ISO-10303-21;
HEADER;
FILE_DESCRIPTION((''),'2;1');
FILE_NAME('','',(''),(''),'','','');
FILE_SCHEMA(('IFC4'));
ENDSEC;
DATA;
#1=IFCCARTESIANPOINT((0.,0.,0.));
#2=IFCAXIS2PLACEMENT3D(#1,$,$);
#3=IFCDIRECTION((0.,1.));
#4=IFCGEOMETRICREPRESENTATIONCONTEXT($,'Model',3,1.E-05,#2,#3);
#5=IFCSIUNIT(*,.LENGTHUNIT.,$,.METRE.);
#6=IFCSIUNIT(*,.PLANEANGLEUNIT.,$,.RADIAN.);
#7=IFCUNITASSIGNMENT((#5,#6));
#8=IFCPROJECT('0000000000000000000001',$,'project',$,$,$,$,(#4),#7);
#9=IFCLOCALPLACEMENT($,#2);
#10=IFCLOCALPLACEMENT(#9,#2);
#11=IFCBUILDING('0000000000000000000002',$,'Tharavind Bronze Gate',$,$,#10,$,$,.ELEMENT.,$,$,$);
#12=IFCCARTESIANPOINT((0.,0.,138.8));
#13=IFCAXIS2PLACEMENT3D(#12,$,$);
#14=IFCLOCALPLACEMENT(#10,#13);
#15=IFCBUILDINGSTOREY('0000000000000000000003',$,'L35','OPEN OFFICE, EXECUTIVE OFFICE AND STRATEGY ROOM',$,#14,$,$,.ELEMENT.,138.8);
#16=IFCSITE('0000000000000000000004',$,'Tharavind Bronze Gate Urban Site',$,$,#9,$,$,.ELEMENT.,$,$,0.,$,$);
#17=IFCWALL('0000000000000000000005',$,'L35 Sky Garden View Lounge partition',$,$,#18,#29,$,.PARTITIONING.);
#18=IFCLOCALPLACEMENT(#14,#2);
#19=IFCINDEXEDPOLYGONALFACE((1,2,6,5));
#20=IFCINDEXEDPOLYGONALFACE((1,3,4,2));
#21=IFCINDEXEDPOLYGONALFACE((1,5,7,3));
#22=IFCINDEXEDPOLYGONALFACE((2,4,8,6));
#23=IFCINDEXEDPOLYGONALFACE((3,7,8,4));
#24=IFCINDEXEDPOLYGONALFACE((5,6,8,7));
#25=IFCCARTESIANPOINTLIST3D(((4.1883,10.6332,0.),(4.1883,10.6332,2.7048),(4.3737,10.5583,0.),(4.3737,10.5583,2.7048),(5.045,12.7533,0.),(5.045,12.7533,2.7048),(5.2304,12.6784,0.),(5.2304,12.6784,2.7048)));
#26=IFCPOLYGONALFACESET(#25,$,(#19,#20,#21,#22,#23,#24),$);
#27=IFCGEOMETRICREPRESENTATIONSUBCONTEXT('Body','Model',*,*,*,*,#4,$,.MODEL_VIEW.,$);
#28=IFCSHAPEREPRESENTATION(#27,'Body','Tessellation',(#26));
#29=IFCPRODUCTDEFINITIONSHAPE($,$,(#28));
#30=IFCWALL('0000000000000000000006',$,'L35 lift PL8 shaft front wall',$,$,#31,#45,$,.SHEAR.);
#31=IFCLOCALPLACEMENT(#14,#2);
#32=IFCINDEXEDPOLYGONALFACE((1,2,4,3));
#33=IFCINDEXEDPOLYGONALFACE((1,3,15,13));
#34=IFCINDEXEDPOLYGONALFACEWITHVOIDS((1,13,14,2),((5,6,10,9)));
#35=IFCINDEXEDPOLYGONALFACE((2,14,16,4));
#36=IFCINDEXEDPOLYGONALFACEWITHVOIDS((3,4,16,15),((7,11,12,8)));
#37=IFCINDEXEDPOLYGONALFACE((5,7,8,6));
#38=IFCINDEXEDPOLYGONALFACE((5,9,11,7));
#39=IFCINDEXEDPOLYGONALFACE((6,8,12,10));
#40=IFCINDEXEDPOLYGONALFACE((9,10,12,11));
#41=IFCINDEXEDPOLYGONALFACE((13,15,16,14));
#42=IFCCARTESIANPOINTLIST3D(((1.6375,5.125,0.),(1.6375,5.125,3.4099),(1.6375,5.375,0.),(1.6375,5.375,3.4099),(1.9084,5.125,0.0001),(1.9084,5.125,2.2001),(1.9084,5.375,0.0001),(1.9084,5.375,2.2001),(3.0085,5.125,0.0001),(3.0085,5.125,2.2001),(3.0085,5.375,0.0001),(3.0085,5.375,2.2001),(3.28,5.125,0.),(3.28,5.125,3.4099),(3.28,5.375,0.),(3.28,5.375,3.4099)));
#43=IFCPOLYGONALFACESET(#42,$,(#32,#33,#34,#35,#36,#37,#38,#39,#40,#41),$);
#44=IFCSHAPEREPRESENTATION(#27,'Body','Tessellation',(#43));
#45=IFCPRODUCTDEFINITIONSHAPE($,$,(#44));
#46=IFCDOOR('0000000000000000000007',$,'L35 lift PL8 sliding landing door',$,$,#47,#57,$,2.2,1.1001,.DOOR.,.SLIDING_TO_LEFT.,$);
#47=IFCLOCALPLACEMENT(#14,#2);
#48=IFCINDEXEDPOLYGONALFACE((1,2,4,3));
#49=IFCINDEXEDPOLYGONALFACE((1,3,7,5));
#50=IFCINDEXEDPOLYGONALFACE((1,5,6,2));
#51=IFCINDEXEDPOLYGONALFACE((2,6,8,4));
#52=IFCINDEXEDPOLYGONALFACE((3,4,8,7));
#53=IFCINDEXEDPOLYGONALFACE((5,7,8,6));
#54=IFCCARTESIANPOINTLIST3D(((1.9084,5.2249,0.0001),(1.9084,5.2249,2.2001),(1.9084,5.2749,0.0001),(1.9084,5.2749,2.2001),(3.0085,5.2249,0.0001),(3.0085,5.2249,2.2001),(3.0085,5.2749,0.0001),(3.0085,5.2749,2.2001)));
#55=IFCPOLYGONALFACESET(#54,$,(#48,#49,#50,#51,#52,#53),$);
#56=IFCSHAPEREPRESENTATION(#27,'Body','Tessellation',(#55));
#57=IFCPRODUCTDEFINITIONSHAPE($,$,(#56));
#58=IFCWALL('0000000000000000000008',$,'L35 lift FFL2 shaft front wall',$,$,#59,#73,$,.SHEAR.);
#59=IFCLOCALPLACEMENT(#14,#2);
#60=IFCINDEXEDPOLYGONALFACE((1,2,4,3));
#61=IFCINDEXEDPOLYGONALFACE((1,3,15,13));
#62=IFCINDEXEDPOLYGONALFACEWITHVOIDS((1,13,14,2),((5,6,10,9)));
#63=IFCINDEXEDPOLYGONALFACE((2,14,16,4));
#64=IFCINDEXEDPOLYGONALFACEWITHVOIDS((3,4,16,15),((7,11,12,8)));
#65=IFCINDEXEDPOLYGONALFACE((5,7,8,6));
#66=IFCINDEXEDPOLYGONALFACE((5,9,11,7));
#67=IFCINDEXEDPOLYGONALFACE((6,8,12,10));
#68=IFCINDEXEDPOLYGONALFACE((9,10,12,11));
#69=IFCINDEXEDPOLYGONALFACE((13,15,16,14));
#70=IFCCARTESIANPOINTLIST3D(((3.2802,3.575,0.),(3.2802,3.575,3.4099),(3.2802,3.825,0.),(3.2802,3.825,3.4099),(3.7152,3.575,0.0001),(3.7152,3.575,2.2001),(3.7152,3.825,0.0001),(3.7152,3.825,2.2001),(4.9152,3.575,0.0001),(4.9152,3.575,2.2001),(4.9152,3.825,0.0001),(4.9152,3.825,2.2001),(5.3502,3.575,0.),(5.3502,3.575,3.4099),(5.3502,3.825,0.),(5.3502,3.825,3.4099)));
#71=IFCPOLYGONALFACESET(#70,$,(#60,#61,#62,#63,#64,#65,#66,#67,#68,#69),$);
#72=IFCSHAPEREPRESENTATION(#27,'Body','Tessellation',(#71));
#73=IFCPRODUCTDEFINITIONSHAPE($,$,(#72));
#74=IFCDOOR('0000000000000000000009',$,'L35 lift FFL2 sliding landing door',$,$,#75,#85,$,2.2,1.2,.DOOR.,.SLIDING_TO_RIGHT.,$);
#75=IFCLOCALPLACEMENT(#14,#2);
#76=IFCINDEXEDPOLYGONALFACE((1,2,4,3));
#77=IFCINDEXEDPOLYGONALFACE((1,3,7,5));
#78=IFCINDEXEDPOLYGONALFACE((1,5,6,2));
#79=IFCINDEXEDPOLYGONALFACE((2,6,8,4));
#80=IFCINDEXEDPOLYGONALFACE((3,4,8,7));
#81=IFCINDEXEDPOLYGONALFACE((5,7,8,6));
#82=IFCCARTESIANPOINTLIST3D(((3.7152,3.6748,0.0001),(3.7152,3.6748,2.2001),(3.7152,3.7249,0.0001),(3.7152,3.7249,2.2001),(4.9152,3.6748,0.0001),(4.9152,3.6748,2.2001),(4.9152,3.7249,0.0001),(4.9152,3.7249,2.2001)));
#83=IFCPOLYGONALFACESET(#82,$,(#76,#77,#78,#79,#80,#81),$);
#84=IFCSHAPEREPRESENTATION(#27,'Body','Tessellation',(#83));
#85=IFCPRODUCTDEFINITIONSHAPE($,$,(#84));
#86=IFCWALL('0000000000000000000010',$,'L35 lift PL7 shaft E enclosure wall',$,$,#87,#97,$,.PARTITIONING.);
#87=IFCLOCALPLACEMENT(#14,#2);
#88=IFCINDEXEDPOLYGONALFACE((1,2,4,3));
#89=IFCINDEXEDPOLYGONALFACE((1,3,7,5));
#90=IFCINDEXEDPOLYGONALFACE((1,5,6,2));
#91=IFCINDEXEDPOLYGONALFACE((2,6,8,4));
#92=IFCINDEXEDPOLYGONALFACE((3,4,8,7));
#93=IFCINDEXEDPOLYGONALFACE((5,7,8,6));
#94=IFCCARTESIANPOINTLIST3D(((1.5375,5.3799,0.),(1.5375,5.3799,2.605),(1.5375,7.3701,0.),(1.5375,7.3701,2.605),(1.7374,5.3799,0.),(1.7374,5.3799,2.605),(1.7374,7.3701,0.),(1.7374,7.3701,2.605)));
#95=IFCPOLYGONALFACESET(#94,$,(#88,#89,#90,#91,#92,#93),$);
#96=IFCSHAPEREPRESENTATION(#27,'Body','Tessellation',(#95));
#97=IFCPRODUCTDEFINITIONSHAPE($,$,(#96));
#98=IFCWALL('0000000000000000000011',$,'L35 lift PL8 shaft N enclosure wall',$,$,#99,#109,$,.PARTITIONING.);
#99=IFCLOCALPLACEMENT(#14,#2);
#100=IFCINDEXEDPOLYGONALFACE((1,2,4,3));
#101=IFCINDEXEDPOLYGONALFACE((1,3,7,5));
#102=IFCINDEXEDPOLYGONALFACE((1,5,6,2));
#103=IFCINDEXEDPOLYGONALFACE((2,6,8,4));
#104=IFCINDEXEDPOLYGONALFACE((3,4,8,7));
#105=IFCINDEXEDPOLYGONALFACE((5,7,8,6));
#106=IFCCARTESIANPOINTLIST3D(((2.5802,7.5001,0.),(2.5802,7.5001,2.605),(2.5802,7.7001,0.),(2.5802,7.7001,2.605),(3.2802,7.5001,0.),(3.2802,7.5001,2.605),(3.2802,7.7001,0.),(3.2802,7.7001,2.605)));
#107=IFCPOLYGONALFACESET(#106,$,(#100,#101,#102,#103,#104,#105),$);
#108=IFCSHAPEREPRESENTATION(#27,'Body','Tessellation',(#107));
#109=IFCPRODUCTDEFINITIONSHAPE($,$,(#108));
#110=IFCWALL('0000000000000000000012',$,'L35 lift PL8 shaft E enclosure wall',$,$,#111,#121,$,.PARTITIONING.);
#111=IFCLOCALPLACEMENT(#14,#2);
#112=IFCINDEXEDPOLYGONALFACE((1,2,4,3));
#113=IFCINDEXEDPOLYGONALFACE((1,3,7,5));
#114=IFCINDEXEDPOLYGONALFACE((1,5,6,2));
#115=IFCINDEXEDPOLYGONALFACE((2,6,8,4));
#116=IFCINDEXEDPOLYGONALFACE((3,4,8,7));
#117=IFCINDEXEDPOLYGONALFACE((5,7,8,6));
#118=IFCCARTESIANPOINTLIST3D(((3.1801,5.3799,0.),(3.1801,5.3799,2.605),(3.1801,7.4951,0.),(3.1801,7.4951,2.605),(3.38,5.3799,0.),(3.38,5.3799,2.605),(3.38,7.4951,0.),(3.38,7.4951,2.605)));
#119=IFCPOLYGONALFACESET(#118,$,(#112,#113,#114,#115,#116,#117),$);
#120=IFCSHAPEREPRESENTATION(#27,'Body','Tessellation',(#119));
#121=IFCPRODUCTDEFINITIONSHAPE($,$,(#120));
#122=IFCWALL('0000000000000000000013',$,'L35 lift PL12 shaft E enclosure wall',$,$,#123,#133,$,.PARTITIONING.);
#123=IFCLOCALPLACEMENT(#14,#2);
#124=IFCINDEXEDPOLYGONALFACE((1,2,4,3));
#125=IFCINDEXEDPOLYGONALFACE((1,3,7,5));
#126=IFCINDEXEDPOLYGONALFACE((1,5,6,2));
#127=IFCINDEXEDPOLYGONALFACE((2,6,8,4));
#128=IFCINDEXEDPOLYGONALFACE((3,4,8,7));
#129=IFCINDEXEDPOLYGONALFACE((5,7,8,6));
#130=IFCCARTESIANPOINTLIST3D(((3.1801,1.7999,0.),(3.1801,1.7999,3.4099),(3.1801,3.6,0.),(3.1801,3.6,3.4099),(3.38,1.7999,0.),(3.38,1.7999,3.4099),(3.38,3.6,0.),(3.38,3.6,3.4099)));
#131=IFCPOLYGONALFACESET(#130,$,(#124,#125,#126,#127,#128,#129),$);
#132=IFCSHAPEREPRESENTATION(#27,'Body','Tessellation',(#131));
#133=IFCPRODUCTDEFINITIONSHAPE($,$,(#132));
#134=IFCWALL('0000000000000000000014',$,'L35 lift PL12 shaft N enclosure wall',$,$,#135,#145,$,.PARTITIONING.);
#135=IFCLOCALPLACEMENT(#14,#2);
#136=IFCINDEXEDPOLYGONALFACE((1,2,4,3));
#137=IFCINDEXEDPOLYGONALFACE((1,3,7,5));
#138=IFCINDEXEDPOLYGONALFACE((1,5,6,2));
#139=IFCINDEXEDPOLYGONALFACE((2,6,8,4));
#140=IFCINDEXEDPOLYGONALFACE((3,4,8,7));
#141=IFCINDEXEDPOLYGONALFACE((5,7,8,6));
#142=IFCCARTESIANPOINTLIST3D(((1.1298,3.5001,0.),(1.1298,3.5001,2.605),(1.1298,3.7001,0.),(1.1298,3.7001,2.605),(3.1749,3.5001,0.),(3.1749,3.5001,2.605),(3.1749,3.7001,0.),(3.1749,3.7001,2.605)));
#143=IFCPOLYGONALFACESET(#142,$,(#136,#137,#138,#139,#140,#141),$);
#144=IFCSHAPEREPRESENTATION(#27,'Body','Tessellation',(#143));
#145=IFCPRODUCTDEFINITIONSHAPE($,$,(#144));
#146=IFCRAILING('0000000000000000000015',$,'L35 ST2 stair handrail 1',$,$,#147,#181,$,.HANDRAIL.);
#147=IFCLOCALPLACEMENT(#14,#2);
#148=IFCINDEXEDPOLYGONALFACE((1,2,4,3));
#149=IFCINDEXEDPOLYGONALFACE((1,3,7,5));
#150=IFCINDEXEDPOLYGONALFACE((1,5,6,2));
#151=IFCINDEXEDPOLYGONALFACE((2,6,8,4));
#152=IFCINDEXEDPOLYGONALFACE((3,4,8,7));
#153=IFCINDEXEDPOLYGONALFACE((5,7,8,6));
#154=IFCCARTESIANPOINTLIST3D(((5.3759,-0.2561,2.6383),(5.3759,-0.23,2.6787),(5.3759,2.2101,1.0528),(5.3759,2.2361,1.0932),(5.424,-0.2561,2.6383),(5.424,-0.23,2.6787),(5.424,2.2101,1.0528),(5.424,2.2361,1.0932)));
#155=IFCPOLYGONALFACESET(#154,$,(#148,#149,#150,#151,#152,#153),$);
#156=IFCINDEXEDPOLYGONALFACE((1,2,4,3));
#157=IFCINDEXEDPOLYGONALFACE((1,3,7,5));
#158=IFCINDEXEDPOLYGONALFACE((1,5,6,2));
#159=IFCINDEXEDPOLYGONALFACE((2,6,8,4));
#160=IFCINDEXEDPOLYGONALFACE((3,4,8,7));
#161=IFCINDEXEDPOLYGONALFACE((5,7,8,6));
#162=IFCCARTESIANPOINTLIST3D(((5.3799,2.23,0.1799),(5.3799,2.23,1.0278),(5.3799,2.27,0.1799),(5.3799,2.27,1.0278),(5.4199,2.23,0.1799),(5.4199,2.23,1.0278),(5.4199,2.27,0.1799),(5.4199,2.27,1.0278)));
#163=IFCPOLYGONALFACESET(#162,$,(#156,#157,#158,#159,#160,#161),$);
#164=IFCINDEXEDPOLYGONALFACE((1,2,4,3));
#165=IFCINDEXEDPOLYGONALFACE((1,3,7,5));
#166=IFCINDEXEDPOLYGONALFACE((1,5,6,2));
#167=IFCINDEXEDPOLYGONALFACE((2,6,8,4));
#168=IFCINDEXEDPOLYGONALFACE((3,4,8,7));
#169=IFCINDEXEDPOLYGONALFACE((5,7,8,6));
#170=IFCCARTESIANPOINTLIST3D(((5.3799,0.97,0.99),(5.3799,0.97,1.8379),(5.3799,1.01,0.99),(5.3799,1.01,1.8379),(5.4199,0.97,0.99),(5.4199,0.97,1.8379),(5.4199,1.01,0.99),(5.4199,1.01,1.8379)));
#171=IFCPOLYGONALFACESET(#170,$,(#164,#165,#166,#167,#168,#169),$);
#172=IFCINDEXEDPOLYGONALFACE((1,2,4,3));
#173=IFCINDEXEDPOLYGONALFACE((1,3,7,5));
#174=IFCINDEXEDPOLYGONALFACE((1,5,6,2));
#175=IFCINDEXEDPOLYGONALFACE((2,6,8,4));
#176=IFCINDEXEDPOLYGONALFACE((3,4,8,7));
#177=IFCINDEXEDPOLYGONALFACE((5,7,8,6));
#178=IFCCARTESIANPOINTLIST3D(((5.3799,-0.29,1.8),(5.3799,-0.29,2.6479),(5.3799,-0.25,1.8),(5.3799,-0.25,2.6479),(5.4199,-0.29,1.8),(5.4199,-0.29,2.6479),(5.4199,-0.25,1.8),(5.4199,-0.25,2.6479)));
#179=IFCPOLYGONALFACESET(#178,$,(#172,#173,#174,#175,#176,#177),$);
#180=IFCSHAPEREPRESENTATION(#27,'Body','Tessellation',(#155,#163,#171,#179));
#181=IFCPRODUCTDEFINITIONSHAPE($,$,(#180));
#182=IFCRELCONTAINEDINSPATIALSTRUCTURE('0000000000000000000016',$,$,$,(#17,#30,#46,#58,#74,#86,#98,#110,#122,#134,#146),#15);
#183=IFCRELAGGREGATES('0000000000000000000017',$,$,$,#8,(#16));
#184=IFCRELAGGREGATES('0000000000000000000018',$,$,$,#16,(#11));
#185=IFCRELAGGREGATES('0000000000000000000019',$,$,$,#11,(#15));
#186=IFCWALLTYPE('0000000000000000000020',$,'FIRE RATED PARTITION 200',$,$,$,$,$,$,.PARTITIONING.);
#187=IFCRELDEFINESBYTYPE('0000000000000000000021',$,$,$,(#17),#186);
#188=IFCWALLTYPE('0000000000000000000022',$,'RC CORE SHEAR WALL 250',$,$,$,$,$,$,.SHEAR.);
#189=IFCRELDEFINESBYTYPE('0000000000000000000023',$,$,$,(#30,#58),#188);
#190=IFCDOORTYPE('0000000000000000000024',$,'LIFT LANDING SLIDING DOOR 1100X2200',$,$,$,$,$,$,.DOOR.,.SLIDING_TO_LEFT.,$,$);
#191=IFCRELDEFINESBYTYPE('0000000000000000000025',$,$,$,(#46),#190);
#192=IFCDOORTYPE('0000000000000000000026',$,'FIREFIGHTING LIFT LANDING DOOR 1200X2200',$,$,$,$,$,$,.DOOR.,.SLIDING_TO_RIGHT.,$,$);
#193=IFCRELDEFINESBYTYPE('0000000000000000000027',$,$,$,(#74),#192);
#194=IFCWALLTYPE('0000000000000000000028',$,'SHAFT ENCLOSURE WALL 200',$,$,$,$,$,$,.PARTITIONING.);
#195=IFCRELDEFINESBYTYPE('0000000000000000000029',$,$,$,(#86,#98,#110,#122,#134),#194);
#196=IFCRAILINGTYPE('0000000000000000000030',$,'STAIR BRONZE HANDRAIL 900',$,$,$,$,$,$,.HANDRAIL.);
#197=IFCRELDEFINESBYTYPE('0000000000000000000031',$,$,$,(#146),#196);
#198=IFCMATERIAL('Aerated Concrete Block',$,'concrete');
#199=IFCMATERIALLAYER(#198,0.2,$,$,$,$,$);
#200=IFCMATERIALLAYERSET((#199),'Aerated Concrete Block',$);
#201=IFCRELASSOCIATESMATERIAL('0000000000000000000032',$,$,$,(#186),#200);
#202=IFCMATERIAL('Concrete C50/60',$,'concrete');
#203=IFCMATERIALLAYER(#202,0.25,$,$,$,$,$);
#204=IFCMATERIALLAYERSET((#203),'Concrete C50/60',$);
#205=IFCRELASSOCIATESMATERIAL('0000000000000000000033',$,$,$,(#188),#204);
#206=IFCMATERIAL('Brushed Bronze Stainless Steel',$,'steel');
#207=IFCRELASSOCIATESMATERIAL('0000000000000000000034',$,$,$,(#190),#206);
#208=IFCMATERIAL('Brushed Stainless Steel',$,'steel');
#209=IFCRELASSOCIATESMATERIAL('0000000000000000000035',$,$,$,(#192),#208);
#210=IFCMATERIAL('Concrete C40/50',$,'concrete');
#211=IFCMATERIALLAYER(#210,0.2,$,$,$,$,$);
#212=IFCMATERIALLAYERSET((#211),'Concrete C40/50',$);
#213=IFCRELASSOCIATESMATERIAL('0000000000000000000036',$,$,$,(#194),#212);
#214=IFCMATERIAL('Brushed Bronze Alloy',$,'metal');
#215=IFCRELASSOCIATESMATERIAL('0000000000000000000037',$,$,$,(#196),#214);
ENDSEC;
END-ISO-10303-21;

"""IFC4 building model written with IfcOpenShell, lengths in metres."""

from ifc_helpers import new_model, si_unit, direction, frame, frame_2d, origin, origin_2d, place, context, subcontext, project, spatial, rectangle, extrude, material, layer, layer_set, type_object, element, fill, save


model = new_model("IFC4")

# Units and contexts
model_context = context("Model", 3, precision=1e-05, world=origin(), true_north=direction((0.0, 1.0)))
body_context = subcontext(model_context, "Body", "Model", "MODEL_VIEW")
ifc_project = project(units=[si_unit("LENGTHUNIT", "METRE"), si_unit("PLANEANGLEUNIT", "RADIAN")], contexts=[model_context])

# Site, building, storey
site_placement = place(None, origin())
site = spatial("IfcSite", under=ifc_project, at=site_placement, Name="Tharavind Bronze Gate Urban Site", CompositionType="ELEMENT", RefElevation=0.0)
building_placement = place(site_placement, origin())
building = spatial("IfcBuilding", under=site, at=building_placement, Name="Tharavind Bronze Gate", CompositionType="ELEMENT")
storey_placement = place(building_placement, frame((0.0, 0.0, 138.8)))
storey = spatial("IfcBuildingStorey", under=building, at=storey_placement, Name="L35", Description="OPEN OFFICE, EXECUTIVE OFFICE AND STRATEGY ROOM", CompositionType="ELEMENT", Elevation=138.8)

# Wall
ifc_material_1 = material(Name="Aerated Concrete Block", Category="concrete")
ifc_layer_1 = layer(ifc_material_1, 0.2)
ifc_layer_set_1 = layer_set([ifc_layer_1], Name="Aerated Concrete Block")
wall_type_1 = type_object("IfcWallType", Name="FIRE RATED PARTITION 200", PredefinedType="PARTITIONING", material=ifc_layer_set_1)
wall_1_placement = place(storey_placement, frame((5.1377, 12.7158, 0.0), z_axis=(0.0, 0.0, 1.0), x_axis=(-0.374647, -0.927168, 0.0)))
element("IfcWall", 1, at=wall_1_placement, inside=storey, type_object=wall_type_1, Name="L35 Sky Garden View Lounge partition", PredefinedType="PARTITIONING", context=body_context, shape_type="SweptSolid", body=[
    extrude(rectangle(XDim=2.2866, YDim=0.2, at=frame_2d((1.1433, 0.0))), origin(), (0.0, 0.0, 1.0), 2.7048),
])

# Walls, openings, doors
ifc_material_2 = material(Name="Concrete C50/60", Category="concrete")
ifc_layer_2 = layer(ifc_material_2, 0.25)
ifc_layer_set_2 = layer_set([ifc_layer_2], Name="Concrete C50/60")
wall_type_2 = type_object("IfcWallType", Name="RC CORE SHEAR WALL 250", PredefinedType="SHEAR", material=ifc_layer_set_2)
wall_2_placement = place(storey_placement, frame((1.6375, 5.25, 0.0), z_axis=(0.0, 0.0, 1.0), x_axis=(1.0, 0.0, 0.0)))
wall_2 = element("IfcWall", 2, at=wall_2_placement, inside=storey, type_object=wall_type_2, Name="L35 lift PL8 shaft front wall", PredefinedType="SHEAR", context=body_context, shape_type="SweptSolid", body=[
    extrude(rectangle(XDim=1.6426, YDim=0.25, at=frame_2d((0.8213, 0.0))), origin(), (0.0, 0.0, 1.0), 3.4099),
])
opening_1_placement = place(wall_2_placement, frame((0.271, 0.0, 0.0)))
opening_1 = element("IfcOpeningElement", 3, at=opening_1_placement, cuts=wall_2, PredefinedType="OPENING", context=body_context, shape_type="SweptSolid", body=[
    extrude(rectangle(XDim=1.1001, YDim=2.2, at=frame_2d((0.55, 1.1001))), frame((0.0, 0.135, 0.0), z_axis=(0.0, -1.0, 0.0), x_axis=(1.0, 0.0, 0.0)), (0.0, 0.0, 1.0), 0.27),
])
ifc_material_3 = material(Name="Brushed Bronze Stainless Steel", Category="steel")
door_type_1 = type_object("IfcDoorType", Name="LIFT LANDING SLIDING DOOR 1100X2200", OperationType="SLIDING_TO_LEFT", PredefinedType="DOOR", material=ifc_material_3)
door_1_placement = place(opening_1_placement, origin())
door_1 = element("IfcDoor", 4, at=door_1_placement, inside=storey, type_object=door_type_1, Name="L35 lift PL8 sliding landing door", OperationType="SLIDING_TO_LEFT", OverallHeight=2.2, OverallWidth=1.1001, PredefinedType="DOOR", context=body_context, shape_type="SweptSolid", body=[
    extrude(rectangle(XDim=1.1001, YDim=2.2, at=frame_2d((0.55, 1.1001))), frame((0.0, 0.0249, 0.0), z_axis=(0.0, -1.0, 0.0), x_axis=(1.0, 0.0, 0.0)), (0.0, 0.0, 1.0), 0.05),
])
fill(opening_1, door_1)
wall_3_placement = place(storey_placement, frame((3.28, 3.7, 0.0), z_axis=(0.0, 0.0, 1.0), x_axis=(1.0, 0.0, 0.0)))
wall_3 = element("IfcWall", 5, at=wall_3_placement, inside=storey, type_object=wall_type_2, Name="L35 lift FFL2 shaft front wall", PredefinedType="SHEAR", context=body_context, shape_type="SweptSolid", body=[
    extrude(rectangle(XDim=2.0701, YDim=0.25, at=frame_2d((1.0352, 0.0))), origin(), (0.0, 0.0, 1.0), 3.4099),
])
opening_2_placement = place(wall_3_placement, frame((0.4351, 0.0, 0.0)))
opening_2 = element("IfcOpeningElement", 6, at=opening_2_placement, cuts=wall_3, PredefinedType="OPENING", context=body_context, shape_type="SweptSolid", body=[
    extrude(rectangle(XDim=1.2, YDim=2.2, at=frame_2d((0.6001, 1.1001))), frame((0.0, 0.135, 0.0), z_axis=(0.0, -1.0, 0.0), x_axis=(1.0, 0.0, 0.0)), (0.0, 0.0, 1.0), 0.27),
])
ifc_material_4 = material(Name="Brushed Stainless Steel", Category="steel")
door_type_2 = type_object("IfcDoorType", Name="FIREFIGHTING LIFT LANDING DOOR 1200X2200", OperationType="SLIDING_TO_RIGHT", PredefinedType="DOOR", material=ifc_material_4)
door_2_placement = place(opening_2_placement, origin())
door_2 = element("IfcDoor", 7, at=door_2_placement, inside=storey, type_object=door_type_2, Name="L35 lift FFL2 sliding landing door", OperationType="SLIDING_TO_RIGHT", OverallHeight=2.2, OverallWidth=1.2, PredefinedType="DOOR", context=body_context, shape_type="SweptSolid", body=[
    extrude(rectangle(XDim=1.2, YDim=2.2, at=frame_2d((0.6001, 1.1001))), frame((0.0, 0.0249, 0.0), z_axis=(0.0, -1.0, 0.0), x_axis=(1.0, 0.0, 0.0)), (0.0, 0.0, 1.0), 0.05),
])
fill(opening_2, door_2)

# Walls
ifc_material_5 = material(Name="Concrete C40/50", Category="concrete")
ifc_layer_3 = layer(ifc_material_5, 0.2)
ifc_layer_set_3 = layer_set([ifc_layer_3], Name="Concrete C40/50")
wall_type_3 = type_object("IfcWallType", Name="SHAFT ENCLOSURE WALL 200", PredefinedType="PARTITIONING", material=ifc_layer_set_3)
wall_4_placement = place(storey_placement, frame((1.6375, 5.3799, 0.0), z_axis=(0.0, 0.0, 1.0), x_axis=(0.0, 1.0, 0.0)))
element("IfcWall", 8, at=wall_4_placement, inside=storey, type_object=wall_type_3, Name="L35 lift PL7 shaft E enclosure wall", PredefinedType="PARTITIONING", context=body_context, shape_type="SweptSolid", body=[
    extrude(rectangle(XDim=1.9902, YDim=0.2, at=frame_2d((0.9951, 0.0))), origin(), (0.0, 0.0, 1.0), 2.605),
])
wall_5_placement = place(storey_placement, frame((2.5801, 7.6001, 0.0), z_axis=(0.0, 0.0, 1.0), x_axis=(1.0, 0.0, 0.0)))
element("IfcWall", 9, at=wall_5_placement, inside=storey, type_object=wall_type_3, Name="L35 lift PL8 shaft N enclosure wall", PredefinedType="PARTITIONING", context=body_context, shape_type="SweptSolid", body=[
    extrude(rectangle(XDim=0.7, YDim=0.2, at=frame_2d((0.3501, 0.0))), origin(), (0.0, 0.0, 1.0), 2.605),
])
wall_6_placement = place(storey_placement, frame((3.28, 5.3799, 0.0), z_axis=(0.0, 0.0, 1.0), x_axis=(0.0, 1.0, 0.0)))
element("IfcWall", 10, at=wall_6_placement, inside=storey, type_object=wall_type_3, Name="L35 lift PL8 shaft E enclosure wall", PredefinedType="PARTITIONING", context=body_context, shape_type="SweptSolid", body=[
    extrude(rectangle(XDim=2.1152, YDim=0.2, at=frame_2d((1.0576, 0.0))), origin(), (0.0, 0.0, 1.0), 2.605),
])
wall_7_placement = place(storey_placement, frame((3.28, 1.8, 0.0), z_axis=(0.0, 0.0, 1.0), x_axis=(0.0, 1.0, 0.0)))
element("IfcWall", 11, at=wall_7_placement, inside=storey, type_object=wall_type_3, Name="L35 lift PL12 shaft E enclosure wall", PredefinedType="PARTITIONING", context=body_context, shape_type="SweptSolid", body=[
    extrude(rectangle(XDim=1.8, YDim=0.2, at=frame_2d((0.8999, 0.0))), origin(), (0.0, 0.0, 1.0), 3.4099),
])
wall_8_placement = place(storey_placement, frame((1.1299, 3.6001, 0.0), z_axis=(0.0, 0.0, 1.0), x_axis=(1.0, 0.0, 0.0)))
element("IfcWall", 12, at=wall_8_placement, inside=storey, type_object=wall_type_3, Name="L35 lift PL12 shaft N enclosure wall", PredefinedType="PARTITIONING", context=body_context, shape_type="SweptSolid", body=[
    extrude(rectangle(XDim=2.0452, YDim=0.2, at=frame_2d((1.0225, 0.0))), origin(), (0.0, 0.0, 1.0), 2.605),
])

# Railing
ifc_material_6 = material(Name="Brushed Bronze Alloy", Category="metal")
railing_type = type_object("IfcRailingType", Name="STAIR BRONZE HANDRAIL 900", PredefinedType="HANDRAIL", material=ifc_material_6)
railing_placement = place(storey_placement, frame((5.3999, 2.25, 0.1799)))
element("IfcRailing", 13, at=railing_placement, inside=storey, type_object=railing_type, Name="L35 ST2 stair handrail 1", PredefinedType="HANDRAIL", context=body_context, shape_type="SweptSolid", body=[
    extrude(rectangle(XDim=0.0481, YDim=0.0481, at=origin_2d()), frame((0.0, -0.0269, 0.8931), z_axis=(0.0, -0.841163, 0.540782), x_axis=(1.0, 0.0, 0.0)), (0.0, 0.0, 1.0), 2.9319),
    extrude(rectangle(XDim=0.04, YDim=0.04, at=origin_2d()), origin(), (0.0, 0.0, 1.0), 0.8479),
    extrude(rectangle(XDim=0.04, YDim=0.04, at=origin_2d()), frame((0.0, -1.26, 0.8101)), (0.0, 0.0, 1.0), 0.8479),
    extrude(rectangle(XDim=0.04, YDim=0.04, at=origin_2d()), frame((0.0, -2.52, 1.6201)), (0.0, 0.0, 1.0), 0.8479),
])

save(model, "model.ifc")
